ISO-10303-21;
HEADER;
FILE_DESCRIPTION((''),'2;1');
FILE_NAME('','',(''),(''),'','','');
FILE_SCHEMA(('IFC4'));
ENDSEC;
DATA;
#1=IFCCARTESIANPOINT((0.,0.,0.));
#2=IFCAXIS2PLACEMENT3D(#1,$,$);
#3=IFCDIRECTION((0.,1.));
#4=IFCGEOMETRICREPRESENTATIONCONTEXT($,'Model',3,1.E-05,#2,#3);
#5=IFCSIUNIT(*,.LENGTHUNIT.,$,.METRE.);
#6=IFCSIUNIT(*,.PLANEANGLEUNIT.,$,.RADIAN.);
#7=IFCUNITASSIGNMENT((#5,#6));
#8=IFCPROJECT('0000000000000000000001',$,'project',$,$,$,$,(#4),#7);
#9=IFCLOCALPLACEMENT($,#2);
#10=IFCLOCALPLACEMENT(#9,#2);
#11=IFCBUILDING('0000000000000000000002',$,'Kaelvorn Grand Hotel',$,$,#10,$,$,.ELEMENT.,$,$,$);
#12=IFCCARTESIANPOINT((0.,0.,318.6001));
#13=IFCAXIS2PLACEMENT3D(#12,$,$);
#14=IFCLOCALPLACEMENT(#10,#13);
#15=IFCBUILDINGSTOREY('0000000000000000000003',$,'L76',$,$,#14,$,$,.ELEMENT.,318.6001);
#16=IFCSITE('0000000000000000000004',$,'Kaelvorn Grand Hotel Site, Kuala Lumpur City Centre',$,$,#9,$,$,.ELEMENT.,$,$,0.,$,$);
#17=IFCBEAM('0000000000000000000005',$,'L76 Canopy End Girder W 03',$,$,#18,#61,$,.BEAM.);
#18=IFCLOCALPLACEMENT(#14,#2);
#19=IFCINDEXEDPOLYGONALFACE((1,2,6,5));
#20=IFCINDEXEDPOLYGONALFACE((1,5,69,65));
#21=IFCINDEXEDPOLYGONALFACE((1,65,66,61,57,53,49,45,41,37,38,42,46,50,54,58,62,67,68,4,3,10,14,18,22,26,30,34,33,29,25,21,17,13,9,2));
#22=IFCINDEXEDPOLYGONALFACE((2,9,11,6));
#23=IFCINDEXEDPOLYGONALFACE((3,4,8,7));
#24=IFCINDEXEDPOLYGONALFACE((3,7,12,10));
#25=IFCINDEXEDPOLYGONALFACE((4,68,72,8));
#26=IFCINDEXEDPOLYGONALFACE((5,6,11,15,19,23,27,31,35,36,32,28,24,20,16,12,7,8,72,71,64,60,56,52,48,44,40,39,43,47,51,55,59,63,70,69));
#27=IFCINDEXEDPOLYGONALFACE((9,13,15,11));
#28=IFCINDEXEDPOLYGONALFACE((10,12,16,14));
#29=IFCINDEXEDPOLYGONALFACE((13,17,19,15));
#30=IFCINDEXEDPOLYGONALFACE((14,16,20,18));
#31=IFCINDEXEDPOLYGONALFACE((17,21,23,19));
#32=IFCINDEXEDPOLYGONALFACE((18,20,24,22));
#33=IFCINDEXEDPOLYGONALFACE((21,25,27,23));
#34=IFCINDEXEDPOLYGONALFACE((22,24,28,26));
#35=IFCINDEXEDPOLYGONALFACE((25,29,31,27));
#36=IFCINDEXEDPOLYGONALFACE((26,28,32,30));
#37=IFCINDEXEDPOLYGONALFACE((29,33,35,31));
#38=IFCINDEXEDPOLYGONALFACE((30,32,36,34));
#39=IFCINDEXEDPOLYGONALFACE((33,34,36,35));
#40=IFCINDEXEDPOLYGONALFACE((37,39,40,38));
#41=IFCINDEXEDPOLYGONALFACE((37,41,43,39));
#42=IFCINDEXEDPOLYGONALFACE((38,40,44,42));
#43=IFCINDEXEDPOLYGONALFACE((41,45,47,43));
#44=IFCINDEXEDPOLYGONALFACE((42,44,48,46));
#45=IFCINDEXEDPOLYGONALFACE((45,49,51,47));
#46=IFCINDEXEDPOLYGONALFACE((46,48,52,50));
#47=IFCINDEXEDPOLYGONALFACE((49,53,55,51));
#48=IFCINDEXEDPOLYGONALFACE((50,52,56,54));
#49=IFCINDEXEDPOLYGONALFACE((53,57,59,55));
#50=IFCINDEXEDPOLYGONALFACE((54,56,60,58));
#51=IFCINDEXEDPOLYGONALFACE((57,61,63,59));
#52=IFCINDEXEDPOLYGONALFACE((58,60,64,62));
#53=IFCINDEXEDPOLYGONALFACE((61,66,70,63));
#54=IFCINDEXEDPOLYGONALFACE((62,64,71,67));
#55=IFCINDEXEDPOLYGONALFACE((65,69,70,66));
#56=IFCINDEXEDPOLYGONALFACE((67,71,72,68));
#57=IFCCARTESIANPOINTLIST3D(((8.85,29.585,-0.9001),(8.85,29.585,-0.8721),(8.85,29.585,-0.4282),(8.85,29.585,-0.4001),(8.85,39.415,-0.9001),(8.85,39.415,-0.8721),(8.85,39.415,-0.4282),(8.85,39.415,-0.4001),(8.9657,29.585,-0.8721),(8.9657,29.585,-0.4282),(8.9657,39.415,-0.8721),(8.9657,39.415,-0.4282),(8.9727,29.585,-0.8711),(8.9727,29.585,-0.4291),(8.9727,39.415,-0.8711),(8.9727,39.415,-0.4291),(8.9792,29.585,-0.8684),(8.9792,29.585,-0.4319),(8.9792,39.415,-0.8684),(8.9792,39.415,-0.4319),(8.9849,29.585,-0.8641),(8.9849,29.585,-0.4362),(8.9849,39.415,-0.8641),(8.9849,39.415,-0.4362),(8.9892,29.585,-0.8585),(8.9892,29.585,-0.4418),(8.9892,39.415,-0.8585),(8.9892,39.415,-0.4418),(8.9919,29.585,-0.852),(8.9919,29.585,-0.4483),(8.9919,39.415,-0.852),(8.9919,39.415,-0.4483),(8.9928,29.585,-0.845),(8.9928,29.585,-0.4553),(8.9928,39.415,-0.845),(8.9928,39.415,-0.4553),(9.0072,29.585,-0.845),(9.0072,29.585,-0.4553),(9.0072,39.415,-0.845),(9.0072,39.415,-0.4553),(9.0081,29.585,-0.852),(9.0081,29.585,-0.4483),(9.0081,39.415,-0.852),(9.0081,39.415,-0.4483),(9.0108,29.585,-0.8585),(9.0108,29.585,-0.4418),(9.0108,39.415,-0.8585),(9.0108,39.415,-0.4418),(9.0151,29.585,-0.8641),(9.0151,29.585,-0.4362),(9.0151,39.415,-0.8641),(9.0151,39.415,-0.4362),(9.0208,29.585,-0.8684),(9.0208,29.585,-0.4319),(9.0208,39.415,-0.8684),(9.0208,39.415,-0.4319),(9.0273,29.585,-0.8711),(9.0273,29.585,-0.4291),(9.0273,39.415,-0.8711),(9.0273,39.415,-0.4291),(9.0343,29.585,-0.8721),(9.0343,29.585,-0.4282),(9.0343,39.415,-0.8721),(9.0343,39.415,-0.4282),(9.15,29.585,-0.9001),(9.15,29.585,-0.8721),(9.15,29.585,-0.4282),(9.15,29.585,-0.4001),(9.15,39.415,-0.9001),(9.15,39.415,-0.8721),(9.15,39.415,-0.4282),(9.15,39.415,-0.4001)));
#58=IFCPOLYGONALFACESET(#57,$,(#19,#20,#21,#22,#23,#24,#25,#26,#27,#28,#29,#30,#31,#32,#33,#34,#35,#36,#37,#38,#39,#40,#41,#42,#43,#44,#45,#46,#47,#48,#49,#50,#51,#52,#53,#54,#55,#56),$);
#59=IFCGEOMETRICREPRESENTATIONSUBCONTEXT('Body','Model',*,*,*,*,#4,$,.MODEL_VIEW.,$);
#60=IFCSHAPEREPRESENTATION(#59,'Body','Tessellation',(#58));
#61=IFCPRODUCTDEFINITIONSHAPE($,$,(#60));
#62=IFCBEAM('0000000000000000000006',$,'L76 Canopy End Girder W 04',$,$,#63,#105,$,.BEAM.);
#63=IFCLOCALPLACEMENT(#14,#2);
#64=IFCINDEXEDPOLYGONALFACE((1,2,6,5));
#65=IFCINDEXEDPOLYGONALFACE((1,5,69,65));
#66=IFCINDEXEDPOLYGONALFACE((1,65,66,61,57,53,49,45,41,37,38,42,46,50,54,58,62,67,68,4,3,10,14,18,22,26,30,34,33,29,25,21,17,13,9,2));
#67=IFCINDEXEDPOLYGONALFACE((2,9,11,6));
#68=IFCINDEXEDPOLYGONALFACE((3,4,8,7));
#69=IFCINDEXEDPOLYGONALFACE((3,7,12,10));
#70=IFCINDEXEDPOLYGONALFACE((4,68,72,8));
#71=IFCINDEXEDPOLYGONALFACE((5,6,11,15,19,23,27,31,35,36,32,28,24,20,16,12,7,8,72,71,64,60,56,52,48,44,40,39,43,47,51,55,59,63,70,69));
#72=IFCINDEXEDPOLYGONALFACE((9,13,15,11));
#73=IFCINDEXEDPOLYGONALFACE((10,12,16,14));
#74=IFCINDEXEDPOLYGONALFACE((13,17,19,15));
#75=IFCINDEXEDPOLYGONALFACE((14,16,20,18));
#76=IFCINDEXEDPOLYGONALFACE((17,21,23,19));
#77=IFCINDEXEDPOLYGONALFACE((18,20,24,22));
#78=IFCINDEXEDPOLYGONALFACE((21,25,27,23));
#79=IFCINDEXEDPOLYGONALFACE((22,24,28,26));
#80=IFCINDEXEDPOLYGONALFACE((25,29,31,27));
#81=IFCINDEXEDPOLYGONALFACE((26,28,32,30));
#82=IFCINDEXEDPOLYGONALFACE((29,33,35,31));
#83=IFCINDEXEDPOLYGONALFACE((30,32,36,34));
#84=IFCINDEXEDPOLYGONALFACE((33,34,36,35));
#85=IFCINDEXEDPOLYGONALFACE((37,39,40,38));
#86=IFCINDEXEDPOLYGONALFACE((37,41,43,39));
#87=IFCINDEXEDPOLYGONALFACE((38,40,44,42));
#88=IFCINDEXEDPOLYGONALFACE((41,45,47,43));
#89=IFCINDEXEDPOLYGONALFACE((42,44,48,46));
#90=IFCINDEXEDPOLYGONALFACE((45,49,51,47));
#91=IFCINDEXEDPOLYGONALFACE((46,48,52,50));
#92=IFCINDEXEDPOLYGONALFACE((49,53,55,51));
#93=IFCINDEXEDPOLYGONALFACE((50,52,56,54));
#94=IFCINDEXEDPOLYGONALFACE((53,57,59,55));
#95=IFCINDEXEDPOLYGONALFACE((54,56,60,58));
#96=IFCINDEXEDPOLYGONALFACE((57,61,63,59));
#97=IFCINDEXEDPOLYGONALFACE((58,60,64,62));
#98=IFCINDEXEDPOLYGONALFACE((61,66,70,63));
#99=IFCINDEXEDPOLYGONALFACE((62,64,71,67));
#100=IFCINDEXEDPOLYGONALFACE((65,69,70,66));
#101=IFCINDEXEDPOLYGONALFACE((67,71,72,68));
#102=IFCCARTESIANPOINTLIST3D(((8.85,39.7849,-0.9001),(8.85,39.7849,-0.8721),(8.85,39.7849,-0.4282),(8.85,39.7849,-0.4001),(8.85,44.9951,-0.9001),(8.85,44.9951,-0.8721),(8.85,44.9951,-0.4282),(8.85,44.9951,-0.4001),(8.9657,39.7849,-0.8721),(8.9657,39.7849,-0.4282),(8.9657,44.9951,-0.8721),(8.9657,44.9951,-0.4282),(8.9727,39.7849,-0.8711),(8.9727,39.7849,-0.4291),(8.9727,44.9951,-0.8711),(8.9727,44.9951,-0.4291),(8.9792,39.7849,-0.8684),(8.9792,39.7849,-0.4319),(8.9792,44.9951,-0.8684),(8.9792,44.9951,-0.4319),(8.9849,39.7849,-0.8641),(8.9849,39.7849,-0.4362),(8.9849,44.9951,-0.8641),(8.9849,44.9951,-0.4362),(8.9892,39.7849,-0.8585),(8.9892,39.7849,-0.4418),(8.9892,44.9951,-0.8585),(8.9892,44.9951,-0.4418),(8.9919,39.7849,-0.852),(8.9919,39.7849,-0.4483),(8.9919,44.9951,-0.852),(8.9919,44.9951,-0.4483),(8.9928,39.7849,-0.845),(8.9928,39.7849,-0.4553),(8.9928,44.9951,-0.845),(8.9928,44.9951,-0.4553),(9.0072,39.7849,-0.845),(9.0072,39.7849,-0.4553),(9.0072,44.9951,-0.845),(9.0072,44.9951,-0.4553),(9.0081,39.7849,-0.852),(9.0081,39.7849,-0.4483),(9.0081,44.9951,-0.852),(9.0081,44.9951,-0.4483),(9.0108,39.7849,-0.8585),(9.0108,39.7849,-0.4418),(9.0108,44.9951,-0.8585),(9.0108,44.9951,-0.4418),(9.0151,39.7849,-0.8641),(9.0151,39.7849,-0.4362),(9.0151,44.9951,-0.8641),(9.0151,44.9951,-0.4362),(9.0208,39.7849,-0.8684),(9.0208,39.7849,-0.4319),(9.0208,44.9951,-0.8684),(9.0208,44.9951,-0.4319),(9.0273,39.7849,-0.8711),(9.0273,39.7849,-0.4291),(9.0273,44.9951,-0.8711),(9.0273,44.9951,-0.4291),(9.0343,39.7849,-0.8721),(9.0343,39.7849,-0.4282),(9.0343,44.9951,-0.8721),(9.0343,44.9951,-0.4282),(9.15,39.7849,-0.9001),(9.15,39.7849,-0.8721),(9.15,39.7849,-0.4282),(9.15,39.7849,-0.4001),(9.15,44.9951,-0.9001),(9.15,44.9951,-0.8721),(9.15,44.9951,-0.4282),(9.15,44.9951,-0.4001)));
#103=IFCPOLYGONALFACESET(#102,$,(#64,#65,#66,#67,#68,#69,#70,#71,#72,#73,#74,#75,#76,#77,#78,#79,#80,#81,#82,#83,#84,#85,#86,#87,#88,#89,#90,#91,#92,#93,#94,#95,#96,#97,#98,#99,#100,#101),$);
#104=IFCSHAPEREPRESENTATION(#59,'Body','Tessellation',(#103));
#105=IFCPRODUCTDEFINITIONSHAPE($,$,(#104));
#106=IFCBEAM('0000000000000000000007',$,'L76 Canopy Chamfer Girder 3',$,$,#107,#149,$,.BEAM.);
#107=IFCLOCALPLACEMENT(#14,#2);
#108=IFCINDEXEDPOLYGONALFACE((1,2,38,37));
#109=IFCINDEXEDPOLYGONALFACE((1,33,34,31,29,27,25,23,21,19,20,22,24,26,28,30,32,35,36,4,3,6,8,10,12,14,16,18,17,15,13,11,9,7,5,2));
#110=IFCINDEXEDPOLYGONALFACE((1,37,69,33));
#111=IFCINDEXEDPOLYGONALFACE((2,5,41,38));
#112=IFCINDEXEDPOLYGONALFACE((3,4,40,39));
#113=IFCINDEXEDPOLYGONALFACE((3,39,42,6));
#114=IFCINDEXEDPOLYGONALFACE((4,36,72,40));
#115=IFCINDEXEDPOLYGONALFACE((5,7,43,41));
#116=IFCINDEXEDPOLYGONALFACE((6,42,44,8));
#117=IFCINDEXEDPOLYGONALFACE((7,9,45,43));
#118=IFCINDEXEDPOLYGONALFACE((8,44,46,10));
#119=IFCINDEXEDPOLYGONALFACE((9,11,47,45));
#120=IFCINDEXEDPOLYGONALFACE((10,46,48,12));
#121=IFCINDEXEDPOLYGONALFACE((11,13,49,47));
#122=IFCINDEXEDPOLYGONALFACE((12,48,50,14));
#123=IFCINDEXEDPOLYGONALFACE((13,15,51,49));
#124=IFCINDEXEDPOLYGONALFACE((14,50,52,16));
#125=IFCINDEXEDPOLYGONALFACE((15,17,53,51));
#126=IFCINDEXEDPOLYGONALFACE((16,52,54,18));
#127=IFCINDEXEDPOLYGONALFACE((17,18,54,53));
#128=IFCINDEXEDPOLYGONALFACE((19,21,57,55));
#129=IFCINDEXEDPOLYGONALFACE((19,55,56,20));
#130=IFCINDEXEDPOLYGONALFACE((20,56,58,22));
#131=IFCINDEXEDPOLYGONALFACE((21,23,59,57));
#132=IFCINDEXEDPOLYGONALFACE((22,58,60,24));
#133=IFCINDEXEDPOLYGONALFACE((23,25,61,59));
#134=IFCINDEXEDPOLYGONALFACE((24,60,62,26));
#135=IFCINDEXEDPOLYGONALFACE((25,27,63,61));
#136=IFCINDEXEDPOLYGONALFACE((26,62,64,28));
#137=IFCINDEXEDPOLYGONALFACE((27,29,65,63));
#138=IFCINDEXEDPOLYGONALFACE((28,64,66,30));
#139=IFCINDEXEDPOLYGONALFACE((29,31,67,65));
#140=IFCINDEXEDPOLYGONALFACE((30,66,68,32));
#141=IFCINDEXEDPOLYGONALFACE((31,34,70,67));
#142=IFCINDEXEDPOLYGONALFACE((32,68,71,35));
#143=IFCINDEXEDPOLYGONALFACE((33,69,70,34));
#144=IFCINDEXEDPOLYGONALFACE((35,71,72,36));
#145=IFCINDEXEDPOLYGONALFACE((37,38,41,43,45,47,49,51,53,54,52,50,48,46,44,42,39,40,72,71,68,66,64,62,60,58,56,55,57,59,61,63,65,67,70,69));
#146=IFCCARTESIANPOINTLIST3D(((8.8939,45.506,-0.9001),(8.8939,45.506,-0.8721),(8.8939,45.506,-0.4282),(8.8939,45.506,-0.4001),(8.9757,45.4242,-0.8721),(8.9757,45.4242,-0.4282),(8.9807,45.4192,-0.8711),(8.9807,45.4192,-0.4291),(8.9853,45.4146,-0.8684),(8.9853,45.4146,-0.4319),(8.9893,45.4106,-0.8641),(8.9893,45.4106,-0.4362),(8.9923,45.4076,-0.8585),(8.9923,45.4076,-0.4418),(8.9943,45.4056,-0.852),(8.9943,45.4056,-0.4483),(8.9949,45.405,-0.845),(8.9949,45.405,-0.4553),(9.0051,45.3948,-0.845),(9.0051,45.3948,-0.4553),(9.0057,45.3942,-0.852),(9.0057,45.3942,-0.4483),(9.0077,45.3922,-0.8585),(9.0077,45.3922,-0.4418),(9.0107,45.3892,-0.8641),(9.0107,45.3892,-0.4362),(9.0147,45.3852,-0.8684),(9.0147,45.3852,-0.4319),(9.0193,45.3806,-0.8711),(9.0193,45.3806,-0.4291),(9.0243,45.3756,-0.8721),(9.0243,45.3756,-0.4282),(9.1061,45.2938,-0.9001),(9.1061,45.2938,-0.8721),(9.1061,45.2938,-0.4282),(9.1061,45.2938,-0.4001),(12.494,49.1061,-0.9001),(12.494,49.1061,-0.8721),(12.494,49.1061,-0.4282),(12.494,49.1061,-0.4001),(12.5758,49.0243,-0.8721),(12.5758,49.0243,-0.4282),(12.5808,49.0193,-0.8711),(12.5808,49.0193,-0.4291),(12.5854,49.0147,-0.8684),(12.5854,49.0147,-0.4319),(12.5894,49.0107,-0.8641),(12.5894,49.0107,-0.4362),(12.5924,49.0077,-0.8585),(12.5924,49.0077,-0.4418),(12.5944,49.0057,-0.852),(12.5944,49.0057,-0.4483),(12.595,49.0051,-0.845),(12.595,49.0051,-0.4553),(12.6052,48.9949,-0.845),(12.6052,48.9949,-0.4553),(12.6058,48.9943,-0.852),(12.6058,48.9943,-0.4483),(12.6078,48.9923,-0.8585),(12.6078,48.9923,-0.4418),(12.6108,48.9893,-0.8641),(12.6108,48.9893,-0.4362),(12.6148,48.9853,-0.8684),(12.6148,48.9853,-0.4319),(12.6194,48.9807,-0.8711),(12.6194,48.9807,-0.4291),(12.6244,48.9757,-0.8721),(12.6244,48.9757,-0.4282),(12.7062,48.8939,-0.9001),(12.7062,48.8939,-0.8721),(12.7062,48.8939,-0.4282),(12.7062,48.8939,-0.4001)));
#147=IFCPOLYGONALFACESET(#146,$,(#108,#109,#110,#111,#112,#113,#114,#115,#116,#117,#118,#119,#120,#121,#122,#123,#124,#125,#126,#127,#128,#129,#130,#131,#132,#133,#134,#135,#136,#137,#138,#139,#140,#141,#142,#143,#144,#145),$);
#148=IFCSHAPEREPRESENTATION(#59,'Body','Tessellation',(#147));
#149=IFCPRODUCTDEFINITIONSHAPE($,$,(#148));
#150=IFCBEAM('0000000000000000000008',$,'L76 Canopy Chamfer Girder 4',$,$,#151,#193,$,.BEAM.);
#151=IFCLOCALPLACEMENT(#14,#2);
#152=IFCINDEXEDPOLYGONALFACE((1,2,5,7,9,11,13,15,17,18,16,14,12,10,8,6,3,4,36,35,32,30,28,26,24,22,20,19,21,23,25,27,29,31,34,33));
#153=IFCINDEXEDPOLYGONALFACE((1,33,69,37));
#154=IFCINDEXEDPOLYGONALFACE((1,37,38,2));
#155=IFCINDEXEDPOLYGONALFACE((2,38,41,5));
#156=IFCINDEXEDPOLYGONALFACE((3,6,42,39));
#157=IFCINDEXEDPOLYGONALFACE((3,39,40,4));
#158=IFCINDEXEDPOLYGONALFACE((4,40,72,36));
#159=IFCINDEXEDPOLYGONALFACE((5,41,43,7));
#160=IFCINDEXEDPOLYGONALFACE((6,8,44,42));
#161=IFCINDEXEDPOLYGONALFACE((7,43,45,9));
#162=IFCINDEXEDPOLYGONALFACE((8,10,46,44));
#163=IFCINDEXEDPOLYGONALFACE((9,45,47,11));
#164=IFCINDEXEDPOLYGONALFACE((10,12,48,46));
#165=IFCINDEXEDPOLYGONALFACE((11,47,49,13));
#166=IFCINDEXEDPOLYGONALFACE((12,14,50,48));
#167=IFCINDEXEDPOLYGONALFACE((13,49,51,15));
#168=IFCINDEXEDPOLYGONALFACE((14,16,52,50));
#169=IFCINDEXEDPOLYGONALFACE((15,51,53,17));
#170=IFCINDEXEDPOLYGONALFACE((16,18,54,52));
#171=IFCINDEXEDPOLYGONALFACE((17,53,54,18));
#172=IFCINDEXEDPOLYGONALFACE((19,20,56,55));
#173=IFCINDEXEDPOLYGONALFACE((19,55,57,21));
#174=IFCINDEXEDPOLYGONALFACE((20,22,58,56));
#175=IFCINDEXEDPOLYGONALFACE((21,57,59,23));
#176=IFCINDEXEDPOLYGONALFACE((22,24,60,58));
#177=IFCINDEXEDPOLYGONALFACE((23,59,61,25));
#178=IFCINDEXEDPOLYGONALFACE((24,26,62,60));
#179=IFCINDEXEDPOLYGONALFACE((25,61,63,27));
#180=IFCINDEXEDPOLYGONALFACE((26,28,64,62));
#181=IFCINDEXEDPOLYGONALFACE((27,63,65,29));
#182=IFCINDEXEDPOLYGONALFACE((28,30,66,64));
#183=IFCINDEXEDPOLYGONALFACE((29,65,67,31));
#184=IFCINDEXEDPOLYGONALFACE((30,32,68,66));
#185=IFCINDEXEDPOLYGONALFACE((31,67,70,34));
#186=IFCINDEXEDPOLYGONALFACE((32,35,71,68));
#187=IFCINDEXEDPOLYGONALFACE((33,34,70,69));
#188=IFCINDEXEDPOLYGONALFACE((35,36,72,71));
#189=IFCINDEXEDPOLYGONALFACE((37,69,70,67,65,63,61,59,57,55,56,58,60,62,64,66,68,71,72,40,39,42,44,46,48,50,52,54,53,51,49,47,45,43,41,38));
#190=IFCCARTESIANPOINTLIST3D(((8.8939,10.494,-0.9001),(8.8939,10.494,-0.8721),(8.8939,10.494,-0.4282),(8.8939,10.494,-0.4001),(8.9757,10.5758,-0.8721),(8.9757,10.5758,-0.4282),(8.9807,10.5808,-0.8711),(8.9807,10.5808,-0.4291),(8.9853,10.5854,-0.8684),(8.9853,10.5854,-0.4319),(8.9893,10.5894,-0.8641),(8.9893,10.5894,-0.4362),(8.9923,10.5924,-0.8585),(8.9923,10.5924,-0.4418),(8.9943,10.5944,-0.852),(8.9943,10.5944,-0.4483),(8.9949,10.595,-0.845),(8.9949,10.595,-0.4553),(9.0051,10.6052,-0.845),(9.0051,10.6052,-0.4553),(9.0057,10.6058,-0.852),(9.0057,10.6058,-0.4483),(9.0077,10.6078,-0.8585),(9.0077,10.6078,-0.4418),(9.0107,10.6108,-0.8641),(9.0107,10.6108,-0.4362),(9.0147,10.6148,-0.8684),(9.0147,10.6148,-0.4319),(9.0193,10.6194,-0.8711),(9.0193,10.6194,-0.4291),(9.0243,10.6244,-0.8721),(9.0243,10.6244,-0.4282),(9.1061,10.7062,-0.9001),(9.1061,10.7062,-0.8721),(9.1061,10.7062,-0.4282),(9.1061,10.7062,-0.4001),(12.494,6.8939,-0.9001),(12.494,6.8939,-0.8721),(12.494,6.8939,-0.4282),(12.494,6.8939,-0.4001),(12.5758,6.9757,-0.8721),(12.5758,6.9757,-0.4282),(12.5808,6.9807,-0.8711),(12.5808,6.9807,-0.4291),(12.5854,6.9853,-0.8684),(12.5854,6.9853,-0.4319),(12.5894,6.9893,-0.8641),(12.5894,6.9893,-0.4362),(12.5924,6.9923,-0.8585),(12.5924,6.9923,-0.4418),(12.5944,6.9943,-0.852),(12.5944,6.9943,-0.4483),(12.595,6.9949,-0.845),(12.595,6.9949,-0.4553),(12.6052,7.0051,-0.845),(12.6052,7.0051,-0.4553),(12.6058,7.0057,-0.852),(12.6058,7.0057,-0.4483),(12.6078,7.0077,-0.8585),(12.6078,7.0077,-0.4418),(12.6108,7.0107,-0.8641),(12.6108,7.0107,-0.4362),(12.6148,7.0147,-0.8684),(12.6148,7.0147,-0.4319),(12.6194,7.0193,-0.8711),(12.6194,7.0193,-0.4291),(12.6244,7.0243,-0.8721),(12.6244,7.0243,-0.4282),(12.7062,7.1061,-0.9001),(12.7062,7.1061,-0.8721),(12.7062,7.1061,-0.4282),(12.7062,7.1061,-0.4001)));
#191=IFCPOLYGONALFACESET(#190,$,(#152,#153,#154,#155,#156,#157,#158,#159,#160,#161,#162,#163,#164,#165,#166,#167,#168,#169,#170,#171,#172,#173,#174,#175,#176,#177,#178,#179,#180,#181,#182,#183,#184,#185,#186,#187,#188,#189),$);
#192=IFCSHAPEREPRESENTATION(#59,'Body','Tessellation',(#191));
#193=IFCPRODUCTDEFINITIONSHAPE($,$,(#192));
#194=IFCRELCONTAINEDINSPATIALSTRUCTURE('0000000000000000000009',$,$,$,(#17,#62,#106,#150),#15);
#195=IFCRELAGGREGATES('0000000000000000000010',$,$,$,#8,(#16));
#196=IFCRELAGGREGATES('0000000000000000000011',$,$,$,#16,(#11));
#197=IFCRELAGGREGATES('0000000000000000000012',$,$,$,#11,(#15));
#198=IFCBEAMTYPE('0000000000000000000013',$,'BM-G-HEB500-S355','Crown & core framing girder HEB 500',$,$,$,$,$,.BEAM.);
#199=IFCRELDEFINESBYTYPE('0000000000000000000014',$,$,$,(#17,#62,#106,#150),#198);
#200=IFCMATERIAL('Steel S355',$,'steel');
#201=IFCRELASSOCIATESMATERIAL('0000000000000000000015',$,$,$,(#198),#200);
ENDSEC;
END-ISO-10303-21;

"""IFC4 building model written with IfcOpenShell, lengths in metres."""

from ifc_helpers import new_model, si_unit, direction, frame, origin, origin_2d, place, context, subcontext, project, spatial, i_section, extrude, material, material_profile, profile_set, type_object, element, save


model = new_model("IFC4")

# Units and contexts
model_context = context("Model", 3, precision=1e-05, world=origin(), true_north=direction((0.0, 1.0)))
body_context = subcontext(model_context, "Body", "Model", "MODEL_VIEW")
ifc_project = project(units=[si_unit("LENGTHUNIT", "METRE"), si_unit("PLANEANGLEUNIT", "RADIAN")], contexts=[model_context])

# Site, building, storey
site_placement = place(None, origin())
site = spatial("IfcSite", under=ifc_project, at=site_placement, Name="Kaelvorn Grand Hotel Site, Kuala Lumpur City Centre", CompositionType="ELEMENT", RefElevation=0.0)
building_placement = place(site_placement, origin())
building = spatial("IfcBuilding", under=site, at=building_placement, Name="Kaelvorn Grand Hotel", CompositionType="ELEMENT")
storey_placement = place(building_placement, frame((0.0, 0.0, 318.6001)))
storey = spatial("IfcBuildingStorey", under=building, at=storey_placement, Name="L76", CompositionType="ELEMENT", Elevation=318.6001)

# Beams
ifc_material_1 = material(Name="Steel S355", Category="steel")
ifc_material_profile_1 = material_profile(ifc_material_1, i_section(OverallWidth=0.3, OverallDepth=0.5, WebThickness=0.0144, FlangeThickness=0.0281, FilletRadius=0.0271, at=origin_2d()), Name="HEB 500")
ifc_profile_set_1 = profile_set([ifc_material_profile_1], Name="Steel S355")
beam_type = type_object("IfcBeamType", Name="BM-G-HEB500-S355", Description="Crown & core framing girder HEB 500", PredefinedType="BEAM", material=ifc_profile_set_1)
beam_1_placement = place(storey_placement, frame((9.0, 29.585, -0.6501), z_axis=(0.0, 1.0, 0.0), x_axis=(-1.0, 0.0, 0.0)))
element("IfcBeam", 1, at=beam_1_placement, inside=storey, type_object=beam_type, Name="L76 Canopy End Girder W 03", PredefinedType="BEAM", context=body_context, shape_type="SweptSolid", body=[
    extrude(i_section(OverallWidth=0.3, OverallDepth=0.5, WebThickness=0.0144, FlangeThickness=0.0281, FilletRadius=0.0271, at=origin_2d()), origin(), (0.0, 0.0, 1.0), 9.8301),
])
beam_2_placement = place(storey_placement, frame((9.0, 39.7849, -0.6501), z_axis=(0.0, 1.0, 0.0), x_axis=(-1.0, 0.0, 0.0)))
element("IfcBeam", 2, at=beam_2_placement, inside=storey, type_object=beam_type, Name="L76 Canopy End Girder W 04", PredefinedType="BEAM", context=body_context, shape_type="SweptSolid", body=[
    extrude(i_section(OverallWidth=0.3, OverallDepth=0.5, WebThickness=0.0144, FlangeThickness=0.0281, FilletRadius=0.0271, at=origin_2d()), origin(), (0.0, 0.0, 1.0), 5.2102),
])
for number, where, z_axis, x_axis, name in (
    (3, (12.6001, 49.0, -0.6501), (-0.707107, -0.707107, 0.0), (0.707107, -0.707107, 0.0), "L76 Canopy Chamfer Girder 3"),
    (4, (9.0, 10.6001, -0.6501), (0.707107, -0.707107, 0.0), (0.707107, 0.707107, 0.0), "L76 Canopy Chamfer Girder 4"),
):
    element("IfcBeam", number, at=place(storey_placement, frame(where, z_axis=z_axis, x_axis=x_axis)), inside=storey, type_object=beam_type, Name=name, PredefinedType="BEAM", context=body_context, shape_type="SweptSolid", body=[
        extrude(i_section(OverallWidth=0.3, OverallDepth=0.5, WebThickness=0.0144, FlangeThickness=0.0281, FilletRadius=0.0271, at=origin_2d()), origin(), (0.0, 0.0, 1.0), 5.0913),
    ])

save(model, "model.ifc")
